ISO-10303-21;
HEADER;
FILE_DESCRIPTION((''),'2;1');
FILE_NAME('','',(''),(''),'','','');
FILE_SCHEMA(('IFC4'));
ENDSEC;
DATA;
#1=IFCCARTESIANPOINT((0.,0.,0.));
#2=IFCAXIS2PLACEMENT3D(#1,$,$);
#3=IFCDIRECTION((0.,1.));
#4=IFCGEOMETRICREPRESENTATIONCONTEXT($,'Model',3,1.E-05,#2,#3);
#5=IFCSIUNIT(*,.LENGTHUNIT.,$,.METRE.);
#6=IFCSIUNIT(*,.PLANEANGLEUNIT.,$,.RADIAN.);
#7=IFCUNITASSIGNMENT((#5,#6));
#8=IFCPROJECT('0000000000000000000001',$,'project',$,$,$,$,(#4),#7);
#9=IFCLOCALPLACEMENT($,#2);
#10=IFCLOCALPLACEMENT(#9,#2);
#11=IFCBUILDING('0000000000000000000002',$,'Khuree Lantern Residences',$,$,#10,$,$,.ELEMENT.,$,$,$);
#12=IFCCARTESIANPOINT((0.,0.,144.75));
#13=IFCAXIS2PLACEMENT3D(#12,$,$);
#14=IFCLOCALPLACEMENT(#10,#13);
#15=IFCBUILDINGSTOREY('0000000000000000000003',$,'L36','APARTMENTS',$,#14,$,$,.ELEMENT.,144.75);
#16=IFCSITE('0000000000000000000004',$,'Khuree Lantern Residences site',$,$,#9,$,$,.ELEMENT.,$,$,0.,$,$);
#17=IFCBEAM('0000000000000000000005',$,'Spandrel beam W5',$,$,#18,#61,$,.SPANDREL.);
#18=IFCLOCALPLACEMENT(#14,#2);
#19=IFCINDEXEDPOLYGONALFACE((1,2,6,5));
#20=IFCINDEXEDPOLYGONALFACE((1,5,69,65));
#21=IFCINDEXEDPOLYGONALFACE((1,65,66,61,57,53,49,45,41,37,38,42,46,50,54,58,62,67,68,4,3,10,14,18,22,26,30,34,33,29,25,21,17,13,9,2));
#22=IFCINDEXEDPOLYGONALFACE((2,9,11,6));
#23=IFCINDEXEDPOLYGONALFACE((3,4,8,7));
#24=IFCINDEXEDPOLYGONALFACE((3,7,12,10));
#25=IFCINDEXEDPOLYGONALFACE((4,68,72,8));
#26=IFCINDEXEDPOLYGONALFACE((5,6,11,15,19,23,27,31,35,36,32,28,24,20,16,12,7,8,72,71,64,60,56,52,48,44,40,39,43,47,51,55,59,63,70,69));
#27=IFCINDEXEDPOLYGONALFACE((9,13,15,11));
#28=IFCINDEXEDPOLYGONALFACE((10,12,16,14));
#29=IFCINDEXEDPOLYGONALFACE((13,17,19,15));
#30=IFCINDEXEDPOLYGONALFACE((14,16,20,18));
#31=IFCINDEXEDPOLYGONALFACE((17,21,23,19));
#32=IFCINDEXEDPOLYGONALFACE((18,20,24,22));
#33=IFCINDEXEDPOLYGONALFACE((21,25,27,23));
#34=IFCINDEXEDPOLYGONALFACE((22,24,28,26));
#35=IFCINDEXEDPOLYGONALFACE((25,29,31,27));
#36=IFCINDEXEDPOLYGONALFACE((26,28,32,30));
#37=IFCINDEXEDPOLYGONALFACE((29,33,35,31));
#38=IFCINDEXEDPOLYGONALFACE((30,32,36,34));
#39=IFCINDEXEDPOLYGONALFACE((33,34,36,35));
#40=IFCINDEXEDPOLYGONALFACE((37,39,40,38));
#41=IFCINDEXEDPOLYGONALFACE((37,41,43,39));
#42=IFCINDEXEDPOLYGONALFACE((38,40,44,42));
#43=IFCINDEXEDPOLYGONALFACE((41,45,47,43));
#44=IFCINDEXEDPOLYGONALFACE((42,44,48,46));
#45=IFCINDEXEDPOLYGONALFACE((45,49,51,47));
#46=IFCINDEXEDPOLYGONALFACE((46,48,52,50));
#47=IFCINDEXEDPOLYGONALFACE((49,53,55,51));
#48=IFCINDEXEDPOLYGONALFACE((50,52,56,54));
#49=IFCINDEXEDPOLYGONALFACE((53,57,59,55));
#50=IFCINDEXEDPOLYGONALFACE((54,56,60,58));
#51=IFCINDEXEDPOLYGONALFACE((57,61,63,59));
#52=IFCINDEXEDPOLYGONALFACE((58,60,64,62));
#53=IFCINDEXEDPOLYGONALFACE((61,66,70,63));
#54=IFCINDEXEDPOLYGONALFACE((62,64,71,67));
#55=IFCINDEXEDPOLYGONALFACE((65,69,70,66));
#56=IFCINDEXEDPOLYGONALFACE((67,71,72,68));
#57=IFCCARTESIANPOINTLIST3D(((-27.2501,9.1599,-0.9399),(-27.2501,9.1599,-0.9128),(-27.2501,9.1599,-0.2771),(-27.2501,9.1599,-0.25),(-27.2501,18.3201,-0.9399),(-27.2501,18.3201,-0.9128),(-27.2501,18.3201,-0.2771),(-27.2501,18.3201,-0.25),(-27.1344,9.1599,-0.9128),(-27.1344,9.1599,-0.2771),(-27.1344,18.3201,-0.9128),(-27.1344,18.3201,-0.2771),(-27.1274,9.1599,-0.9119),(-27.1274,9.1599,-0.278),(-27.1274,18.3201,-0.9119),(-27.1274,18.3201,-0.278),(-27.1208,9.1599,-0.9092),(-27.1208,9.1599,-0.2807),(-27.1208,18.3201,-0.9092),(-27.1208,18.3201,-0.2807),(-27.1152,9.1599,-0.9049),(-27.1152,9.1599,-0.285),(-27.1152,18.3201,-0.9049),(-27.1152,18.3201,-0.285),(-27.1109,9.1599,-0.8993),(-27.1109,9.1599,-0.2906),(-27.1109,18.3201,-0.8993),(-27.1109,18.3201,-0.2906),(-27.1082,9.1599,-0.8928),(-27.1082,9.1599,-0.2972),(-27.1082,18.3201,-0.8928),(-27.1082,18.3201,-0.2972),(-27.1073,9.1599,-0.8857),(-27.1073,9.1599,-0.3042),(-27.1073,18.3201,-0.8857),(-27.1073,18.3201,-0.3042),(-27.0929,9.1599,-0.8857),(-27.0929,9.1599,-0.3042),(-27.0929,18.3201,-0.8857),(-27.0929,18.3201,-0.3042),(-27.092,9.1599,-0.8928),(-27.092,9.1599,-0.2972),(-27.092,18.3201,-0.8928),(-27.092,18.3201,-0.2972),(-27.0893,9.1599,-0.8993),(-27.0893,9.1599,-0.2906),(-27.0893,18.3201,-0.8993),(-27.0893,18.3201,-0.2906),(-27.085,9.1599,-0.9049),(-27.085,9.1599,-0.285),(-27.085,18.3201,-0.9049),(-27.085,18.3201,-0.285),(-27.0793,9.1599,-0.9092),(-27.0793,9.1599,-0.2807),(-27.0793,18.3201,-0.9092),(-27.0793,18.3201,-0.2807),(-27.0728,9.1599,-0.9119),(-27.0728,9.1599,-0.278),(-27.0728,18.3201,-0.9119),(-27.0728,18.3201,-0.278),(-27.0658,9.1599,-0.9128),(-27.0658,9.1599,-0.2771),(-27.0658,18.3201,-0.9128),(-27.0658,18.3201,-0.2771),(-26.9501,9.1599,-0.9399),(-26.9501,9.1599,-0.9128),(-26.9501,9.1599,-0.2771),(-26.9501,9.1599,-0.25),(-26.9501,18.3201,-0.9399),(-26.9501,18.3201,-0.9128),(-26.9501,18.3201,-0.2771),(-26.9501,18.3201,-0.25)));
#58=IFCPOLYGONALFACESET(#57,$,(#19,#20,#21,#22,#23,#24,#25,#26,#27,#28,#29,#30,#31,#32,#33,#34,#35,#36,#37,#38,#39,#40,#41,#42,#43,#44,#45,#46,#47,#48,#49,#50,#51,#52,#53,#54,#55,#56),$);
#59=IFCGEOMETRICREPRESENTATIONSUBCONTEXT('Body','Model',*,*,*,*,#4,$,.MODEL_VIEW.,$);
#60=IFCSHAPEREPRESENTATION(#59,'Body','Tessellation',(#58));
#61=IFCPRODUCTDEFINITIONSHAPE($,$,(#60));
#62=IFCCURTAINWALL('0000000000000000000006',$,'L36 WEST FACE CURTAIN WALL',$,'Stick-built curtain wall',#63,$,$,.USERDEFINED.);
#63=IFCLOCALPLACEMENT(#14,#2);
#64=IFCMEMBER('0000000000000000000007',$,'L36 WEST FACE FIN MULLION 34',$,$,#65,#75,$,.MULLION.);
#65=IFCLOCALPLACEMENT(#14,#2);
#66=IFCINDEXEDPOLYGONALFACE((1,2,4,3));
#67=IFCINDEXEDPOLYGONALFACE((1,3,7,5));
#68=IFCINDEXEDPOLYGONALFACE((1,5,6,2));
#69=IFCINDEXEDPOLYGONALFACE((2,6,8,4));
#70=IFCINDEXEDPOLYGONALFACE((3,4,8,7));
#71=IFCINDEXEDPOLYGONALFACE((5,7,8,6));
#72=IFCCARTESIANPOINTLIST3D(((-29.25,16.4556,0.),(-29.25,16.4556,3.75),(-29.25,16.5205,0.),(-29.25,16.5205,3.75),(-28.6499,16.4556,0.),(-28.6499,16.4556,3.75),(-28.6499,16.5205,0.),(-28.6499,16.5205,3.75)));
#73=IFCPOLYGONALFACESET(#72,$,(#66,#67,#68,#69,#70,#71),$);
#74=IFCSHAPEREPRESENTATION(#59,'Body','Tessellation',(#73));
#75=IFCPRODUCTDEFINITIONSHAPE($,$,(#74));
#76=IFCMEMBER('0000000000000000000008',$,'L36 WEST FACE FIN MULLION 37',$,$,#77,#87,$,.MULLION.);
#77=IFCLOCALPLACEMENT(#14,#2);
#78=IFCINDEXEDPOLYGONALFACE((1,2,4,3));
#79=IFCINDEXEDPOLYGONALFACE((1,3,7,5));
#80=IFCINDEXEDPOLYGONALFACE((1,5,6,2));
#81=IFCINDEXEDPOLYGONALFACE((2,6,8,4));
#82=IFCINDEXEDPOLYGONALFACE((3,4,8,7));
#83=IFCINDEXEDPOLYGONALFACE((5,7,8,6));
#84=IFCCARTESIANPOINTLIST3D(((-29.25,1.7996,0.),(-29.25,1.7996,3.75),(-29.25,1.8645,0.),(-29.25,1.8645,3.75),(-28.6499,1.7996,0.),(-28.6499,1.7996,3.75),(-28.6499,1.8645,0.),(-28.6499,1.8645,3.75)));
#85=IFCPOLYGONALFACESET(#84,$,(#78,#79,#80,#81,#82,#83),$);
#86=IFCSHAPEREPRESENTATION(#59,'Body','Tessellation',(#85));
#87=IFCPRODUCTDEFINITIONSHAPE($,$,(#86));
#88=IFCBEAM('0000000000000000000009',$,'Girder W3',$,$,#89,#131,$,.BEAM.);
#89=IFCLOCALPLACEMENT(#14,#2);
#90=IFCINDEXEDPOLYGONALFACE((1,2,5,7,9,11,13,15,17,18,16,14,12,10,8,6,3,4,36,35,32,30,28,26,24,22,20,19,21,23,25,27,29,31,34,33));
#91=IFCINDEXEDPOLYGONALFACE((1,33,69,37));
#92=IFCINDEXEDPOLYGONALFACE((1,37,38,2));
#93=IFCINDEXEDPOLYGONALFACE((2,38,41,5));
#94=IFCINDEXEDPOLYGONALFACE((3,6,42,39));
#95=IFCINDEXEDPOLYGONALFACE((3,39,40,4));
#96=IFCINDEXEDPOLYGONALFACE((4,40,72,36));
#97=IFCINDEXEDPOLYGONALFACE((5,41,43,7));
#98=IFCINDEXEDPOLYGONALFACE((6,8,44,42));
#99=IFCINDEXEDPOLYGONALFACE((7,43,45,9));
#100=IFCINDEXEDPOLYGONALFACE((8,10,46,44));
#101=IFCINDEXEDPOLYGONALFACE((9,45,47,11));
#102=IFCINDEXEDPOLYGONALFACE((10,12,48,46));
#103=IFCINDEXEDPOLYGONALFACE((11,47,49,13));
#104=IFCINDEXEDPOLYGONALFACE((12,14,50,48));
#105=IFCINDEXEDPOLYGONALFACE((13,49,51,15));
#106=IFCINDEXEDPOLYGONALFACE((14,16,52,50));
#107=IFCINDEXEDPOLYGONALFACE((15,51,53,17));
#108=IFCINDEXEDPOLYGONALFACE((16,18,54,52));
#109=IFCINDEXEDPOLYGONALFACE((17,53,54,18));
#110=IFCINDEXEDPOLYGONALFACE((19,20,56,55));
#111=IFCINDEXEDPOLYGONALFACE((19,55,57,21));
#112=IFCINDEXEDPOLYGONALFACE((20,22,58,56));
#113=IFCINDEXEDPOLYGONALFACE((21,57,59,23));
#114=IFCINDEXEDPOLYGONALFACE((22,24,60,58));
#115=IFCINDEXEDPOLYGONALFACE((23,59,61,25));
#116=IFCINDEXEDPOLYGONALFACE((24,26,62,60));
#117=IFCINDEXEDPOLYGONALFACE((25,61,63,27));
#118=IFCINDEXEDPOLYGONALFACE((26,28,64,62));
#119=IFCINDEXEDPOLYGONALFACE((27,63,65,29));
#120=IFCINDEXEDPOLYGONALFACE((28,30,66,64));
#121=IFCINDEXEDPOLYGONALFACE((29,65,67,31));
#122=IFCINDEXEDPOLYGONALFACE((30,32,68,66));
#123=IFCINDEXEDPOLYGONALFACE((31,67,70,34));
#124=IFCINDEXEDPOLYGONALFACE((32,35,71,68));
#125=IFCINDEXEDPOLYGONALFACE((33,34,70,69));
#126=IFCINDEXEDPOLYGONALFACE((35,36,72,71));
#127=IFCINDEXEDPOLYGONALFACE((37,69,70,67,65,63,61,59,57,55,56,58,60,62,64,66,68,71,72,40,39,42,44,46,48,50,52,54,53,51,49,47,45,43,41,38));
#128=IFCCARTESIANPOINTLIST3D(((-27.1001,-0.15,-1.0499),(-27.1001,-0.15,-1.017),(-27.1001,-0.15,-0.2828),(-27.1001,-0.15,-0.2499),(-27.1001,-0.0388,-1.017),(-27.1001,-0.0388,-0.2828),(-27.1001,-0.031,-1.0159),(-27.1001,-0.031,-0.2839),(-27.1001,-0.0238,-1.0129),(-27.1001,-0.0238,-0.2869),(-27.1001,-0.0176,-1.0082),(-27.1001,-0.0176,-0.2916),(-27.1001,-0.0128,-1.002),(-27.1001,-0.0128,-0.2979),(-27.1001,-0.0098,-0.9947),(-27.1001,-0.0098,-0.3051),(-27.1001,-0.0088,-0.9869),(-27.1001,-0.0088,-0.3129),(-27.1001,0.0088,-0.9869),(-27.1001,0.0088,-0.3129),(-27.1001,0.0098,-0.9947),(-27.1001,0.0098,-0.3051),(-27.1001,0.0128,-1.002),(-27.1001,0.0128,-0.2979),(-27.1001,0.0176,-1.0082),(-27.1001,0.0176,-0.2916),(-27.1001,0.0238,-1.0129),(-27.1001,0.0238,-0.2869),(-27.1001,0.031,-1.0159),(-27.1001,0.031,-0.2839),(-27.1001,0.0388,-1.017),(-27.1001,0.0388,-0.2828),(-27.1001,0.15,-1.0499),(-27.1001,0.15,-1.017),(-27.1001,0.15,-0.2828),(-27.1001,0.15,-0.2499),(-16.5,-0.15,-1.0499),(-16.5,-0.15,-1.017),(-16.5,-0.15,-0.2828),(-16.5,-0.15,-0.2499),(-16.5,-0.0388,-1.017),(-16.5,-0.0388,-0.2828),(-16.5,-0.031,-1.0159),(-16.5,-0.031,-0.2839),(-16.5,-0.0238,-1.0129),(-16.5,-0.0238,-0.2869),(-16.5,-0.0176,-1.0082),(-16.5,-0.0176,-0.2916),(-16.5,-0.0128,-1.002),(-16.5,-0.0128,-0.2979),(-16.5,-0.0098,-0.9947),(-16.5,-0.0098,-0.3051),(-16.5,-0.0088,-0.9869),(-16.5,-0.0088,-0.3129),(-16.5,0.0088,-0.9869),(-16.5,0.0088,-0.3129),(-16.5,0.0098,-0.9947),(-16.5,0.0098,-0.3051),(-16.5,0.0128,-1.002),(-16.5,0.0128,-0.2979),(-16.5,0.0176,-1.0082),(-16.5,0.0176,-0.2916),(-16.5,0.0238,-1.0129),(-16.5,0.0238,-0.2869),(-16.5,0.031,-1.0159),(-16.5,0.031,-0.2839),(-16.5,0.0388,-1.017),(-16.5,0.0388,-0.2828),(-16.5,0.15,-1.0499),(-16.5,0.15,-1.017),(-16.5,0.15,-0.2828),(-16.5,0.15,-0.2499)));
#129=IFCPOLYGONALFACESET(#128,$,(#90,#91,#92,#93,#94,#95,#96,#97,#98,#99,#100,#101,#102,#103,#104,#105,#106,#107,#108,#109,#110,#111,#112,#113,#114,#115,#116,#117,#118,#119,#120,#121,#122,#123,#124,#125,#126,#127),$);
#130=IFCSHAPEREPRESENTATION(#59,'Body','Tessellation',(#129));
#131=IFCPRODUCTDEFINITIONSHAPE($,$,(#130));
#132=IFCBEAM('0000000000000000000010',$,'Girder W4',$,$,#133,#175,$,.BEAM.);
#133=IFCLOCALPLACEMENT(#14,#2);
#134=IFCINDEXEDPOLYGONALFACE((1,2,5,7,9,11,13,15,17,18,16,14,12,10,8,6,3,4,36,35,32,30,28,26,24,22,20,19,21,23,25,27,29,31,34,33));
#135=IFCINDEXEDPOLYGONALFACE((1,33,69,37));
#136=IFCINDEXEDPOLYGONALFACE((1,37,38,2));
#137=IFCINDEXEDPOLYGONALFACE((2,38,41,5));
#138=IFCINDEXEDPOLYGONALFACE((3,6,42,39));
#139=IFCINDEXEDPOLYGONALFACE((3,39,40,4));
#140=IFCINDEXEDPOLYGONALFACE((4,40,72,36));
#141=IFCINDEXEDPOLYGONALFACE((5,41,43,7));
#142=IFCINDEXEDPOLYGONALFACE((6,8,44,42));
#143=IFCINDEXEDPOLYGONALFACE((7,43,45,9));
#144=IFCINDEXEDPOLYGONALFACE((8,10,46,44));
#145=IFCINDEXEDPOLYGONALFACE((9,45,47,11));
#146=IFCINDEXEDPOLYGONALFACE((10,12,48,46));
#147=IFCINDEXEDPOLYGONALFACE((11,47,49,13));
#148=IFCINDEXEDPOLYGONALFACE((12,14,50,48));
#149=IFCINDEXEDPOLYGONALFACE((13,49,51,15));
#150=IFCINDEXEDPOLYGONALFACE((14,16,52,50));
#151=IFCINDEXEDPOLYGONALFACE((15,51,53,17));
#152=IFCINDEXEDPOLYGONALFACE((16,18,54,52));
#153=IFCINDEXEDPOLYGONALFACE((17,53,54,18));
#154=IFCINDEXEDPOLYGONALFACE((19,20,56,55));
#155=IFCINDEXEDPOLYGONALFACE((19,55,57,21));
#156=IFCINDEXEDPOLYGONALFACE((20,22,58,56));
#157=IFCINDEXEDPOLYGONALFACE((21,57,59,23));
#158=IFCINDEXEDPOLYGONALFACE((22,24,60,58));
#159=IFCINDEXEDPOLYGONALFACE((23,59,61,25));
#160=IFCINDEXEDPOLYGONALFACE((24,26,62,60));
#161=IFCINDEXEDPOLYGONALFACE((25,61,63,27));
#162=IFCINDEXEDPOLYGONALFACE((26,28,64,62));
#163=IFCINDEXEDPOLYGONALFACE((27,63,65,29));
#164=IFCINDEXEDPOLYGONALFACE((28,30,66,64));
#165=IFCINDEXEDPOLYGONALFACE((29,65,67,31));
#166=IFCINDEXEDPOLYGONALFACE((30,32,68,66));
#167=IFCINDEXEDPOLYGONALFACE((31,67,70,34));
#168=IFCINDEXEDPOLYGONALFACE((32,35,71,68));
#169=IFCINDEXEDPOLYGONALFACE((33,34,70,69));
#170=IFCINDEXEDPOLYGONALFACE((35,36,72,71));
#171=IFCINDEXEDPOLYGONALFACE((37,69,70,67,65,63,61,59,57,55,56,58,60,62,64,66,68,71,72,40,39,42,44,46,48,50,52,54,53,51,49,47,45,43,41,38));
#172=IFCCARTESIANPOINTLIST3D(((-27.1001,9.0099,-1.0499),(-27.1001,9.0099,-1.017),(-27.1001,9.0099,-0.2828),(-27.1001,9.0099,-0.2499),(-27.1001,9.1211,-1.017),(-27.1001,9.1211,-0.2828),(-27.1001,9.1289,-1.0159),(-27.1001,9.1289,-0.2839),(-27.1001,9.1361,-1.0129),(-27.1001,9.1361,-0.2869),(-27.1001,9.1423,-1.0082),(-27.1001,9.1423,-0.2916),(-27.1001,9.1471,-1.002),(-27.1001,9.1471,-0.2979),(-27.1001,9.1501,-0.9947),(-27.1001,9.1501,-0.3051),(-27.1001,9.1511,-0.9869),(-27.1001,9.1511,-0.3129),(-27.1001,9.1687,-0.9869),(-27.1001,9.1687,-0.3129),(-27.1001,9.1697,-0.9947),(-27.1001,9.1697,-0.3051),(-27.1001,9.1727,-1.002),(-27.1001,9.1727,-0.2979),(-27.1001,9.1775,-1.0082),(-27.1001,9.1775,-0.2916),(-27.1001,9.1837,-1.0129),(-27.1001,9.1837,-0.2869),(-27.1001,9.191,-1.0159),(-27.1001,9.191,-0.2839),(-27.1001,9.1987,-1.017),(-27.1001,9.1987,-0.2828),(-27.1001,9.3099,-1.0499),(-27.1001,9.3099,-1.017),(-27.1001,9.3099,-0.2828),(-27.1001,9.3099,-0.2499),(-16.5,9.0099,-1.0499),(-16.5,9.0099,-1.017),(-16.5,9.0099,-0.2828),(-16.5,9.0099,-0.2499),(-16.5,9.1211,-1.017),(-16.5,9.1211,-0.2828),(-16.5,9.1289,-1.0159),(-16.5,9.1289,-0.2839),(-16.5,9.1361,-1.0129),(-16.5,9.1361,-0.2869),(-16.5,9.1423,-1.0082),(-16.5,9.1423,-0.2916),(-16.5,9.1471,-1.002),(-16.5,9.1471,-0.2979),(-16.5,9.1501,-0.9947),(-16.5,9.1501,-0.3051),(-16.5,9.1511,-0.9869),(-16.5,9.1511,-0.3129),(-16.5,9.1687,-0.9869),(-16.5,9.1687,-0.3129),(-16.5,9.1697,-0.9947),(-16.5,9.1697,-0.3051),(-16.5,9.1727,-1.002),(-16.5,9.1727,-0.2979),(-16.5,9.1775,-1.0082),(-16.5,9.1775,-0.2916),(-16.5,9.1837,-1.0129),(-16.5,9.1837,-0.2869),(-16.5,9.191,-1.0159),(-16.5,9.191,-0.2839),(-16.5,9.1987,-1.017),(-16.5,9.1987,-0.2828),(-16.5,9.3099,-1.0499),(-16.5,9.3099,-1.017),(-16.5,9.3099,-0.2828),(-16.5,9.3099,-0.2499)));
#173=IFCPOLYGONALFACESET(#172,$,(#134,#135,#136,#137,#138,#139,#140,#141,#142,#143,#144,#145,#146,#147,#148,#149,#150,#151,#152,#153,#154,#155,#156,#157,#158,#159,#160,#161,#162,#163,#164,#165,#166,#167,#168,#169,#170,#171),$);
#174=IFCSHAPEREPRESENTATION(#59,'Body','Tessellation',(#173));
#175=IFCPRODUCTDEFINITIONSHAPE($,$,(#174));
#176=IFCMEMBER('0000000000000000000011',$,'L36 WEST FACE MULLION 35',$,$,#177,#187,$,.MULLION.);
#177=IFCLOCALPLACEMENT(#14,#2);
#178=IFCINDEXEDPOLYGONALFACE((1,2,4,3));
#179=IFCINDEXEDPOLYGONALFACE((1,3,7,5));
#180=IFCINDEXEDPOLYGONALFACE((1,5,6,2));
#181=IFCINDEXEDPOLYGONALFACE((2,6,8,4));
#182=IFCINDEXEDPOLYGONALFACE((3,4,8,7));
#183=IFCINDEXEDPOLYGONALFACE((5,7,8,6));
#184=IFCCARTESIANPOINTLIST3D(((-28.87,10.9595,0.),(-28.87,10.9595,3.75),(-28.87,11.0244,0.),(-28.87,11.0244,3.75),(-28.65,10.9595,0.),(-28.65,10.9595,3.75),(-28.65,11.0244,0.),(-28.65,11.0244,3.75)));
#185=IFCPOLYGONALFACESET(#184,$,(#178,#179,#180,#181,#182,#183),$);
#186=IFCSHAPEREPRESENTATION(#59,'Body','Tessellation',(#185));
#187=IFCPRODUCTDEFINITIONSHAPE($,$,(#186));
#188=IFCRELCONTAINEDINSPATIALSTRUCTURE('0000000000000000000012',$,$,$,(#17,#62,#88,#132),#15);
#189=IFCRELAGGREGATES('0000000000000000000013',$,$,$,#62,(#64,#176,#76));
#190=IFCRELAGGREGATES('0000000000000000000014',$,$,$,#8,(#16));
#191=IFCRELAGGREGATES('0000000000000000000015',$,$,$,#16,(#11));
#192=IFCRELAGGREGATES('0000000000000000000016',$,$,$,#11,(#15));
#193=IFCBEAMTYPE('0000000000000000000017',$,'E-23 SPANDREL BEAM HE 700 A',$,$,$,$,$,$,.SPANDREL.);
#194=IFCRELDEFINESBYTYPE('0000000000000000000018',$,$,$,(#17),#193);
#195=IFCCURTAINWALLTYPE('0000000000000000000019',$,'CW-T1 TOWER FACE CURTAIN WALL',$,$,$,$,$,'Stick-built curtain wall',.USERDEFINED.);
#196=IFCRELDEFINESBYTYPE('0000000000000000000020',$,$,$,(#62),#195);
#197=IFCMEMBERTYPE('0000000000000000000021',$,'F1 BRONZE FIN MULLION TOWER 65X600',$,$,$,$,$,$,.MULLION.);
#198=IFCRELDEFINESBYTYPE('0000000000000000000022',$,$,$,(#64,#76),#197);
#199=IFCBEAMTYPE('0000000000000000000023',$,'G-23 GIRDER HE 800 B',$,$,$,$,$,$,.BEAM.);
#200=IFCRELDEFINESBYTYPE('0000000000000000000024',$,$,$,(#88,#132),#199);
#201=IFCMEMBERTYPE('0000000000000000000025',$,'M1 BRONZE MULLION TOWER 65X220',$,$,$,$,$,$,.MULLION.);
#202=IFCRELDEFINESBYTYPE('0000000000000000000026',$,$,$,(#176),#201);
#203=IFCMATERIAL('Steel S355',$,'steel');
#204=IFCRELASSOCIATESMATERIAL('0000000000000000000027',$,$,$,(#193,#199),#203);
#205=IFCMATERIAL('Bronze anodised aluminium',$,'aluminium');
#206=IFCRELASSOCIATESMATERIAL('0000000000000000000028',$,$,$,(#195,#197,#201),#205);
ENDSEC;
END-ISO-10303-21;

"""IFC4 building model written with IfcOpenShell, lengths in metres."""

from ifc_helpers import new_model, si_unit, direction, frame, origin, origin_2d, place, context, subcontext, project, spatial, rectangle, i_section, extrude, material, material_profile, profile_set, type_object, element, aggregate, save


model = new_model("IFC4")

# Units and contexts
model_context = context("Model", 3, precision=1e-05, world=origin(), true_north=direction((0.0, 1.0)))
body_context = subcontext(model_context, "Body", "Model", "MODEL_VIEW")
ifc_project = project(units=[si_unit("LENGTHUNIT", "METRE"), si_unit("PLANEANGLEUNIT", "RADIAN")], contexts=[model_context])

# Site, building, storey
site_placement = place(None, origin())
site = spatial("IfcSite", under=ifc_project, at=site_placement, Name="Khuree Lantern Residences site", CompositionType="ELEMENT", RefElevation=0.0)
building_placement = place(site_placement, origin())
building = spatial("IfcBuilding", under=site, at=building_placement, Name="Khuree Lantern Residences", CompositionType="ELEMENT")
storey_placement = place(building_placement, frame((0.0, 0.0, 144.75)))
storey = spatial("IfcBuildingStorey", under=building, at=storey_placement, Name="L36", Description="APARTMENTS", CompositionType="ELEMENT", Elevation=144.75)

# Beam
ifc_material_1 = material(Name="Steel S355", Category="steel")
ifc_material_profile_1 = material_profile(ifc_material_1, i_section(OverallWidth=0.3, OverallDepth=0.6899, WebThickness=0.0144, FlangeThickness=0.0271, FilletRadius=0.0271, at=origin_2d()), Name="HE 700 A")
ifc_profile_set_1 = profile_set([ifc_material_profile_1], Name="Steel S355")
beam_type_1 = type_object("IfcBeamType", Name="E-23 SPANDREL BEAM HE 700 A", PredefinedType="SPANDREL", material=ifc_profile_set_1)
beam_1_placement = place(storey_placement, frame((-27.1001, 9.1599, -0.595), z_axis=(0.0, 1.0, 0.0), x_axis=(-1.0, 0.0, 0.0)))
element("IfcBeam", 1, at=beam_1_placement, inside=storey, type_object=beam_type_1, Name="Spandrel beam W5", PredefinedType="SPANDREL", context=body_context, shape_type="SweptSolid", body=[
    extrude(i_section(OverallWidth=0.3, OverallDepth=0.6899, WebThickness=0.0144, FlangeThickness=0.0271, FilletRadius=0.0271, at=origin_2d()), origin(), (0.0, 0.0, 1.0), 9.1602),
])

# Curtain wall, members
ifc_material_2 = material(Name="Bronze anodised aluminium", Category="aluminium")
curtain_wall_type = type_object("IfcCurtainWallType", Name="CW-T1 TOWER FACE CURTAIN WALL", ElementType="Stick-built curtain wall", PredefinedType="USERDEFINED", material=ifc_material_2)
curtain_wall_placement = place(storey_placement, origin())
curtain_wall = element("IfcCurtainWall", 2, at=curtain_wall_placement, inside=storey, type_object=curtain_wall_type, Name="L36 WEST FACE CURTAIN WALL", ObjectType="Stick-built curtain wall", PredefinedType="USERDEFINED")
ifc_material_profile_2 = material_profile(ifc_material_2, rectangle(XDim=0.0649, YDim=0.6001, at=origin_2d()), Name="F1 65X600")
ifc_profile_set_2 = profile_set([ifc_material_profile_2], Name="Bronze anodised aluminium")
member_type_1 = type_object("IfcMemberType", Name="F1 BRONZE FIN MULLION TOWER 65X600", PredefinedType="MULLION", material=ifc_profile_set_2)
member_1_placement = place(storey_placement, frame((-28.95, 16.488, 0.0), z_axis=(0.0, 0.0, 1.0), x_axis=(0.0, -1.0, 0.0)))
member_1 = element("IfcMember", 3, at=member_1_placement, type_object=member_type_1, Name="L36 WEST FACE FIN MULLION 34", PredefinedType="MULLION", context=body_context, shape_type="SweptSolid", body=[
    extrude(rectangle(XDim=0.0649, YDim=0.6001, at=origin_2d()), origin(), (0.0, 0.0, 1.0), 3.75),
])
member_2_placement = place(storey_placement, frame((-28.95, 1.832, 0.0), z_axis=(0.0, 0.0, 1.0), x_axis=(0.0, -1.0, 0.0)))
member_2 = element("IfcMember", 4, at=member_2_placement, type_object=member_type_1, Name="L36 WEST FACE FIN MULLION 37", PredefinedType="MULLION", context=body_context, shape_type="SweptSolid", body=[
    extrude(rectangle(XDim=0.0649, YDim=0.6001, at=origin_2d()), origin(), (0.0, 0.0, 1.0), 3.75),
])

# Beams
ifc_material_profile_3 = material_profile(ifc_material_1, i_section(OverallWidth=0.3, OverallDepth=0.8, WebThickness=0.0176, FlangeThickness=0.033, FilletRadius=0.03, at=origin_2d()), Name="HE 800 B")
ifc_profile_set_3 = profile_set([ifc_material_profile_3], Name="Steel S355")
beam_type_2 = type_object("IfcBeamType", Name="G-23 GIRDER HE 800 B", PredefinedType="BEAM", material=ifc_profile_set_3)
for number, where, z_axis, x_axis, name in (
    (5, (-27.1001, 0.0, -0.6499), (1.0, 0.0, 0.0), (0.0, 1.0, 0.0), "Girder W3"),
    (6, (-27.1001, 9.1599, -0.6499), (1.0, 0.0, 0.0), (0.0, 1.0, 0.0), "Girder W4"),
):
    element("IfcBeam", number, at=place(storey_placement, frame(where, z_axis=z_axis, x_axis=x_axis)), inside=storey, type_object=beam_type_2, Name=name, PredefinedType="BEAM", context=body_context, shape_type="SweptSolid", body=[
        extrude(i_section(OverallWidth=0.3, OverallDepth=0.8, WebThickness=0.0176, FlangeThickness=0.033, FilletRadius=0.03, at=origin_2d()), origin(), (0.0, 0.0, 1.0), 10.6001),
    ])

# Member
ifc_material_profile_4 = material_profile(ifc_material_2, rectangle(XDim=0.0649, YDim=0.22, at=origin_2d()), Name="M1 65X220")
ifc_profile_set_4 = profile_set([ifc_material_profile_4], Name="Bronze anodised aluminium")
member_type_2 = type_object("IfcMemberType", Name="M1 BRONZE MULLION TOWER 65X220", PredefinedType="MULLION", material=ifc_profile_set_4)
member_3_placement = place(storey_placement, frame((-28.76, 10.9919, 0.0), z_axis=(0.0, 0.0, 1.0), x_axis=(0.0, -1.0, 0.0)))
member_3 = element("IfcMember", 7, at=member_3_placement, type_object=member_type_2, Name="L36 WEST FACE MULLION 35", PredefinedType="MULLION", context=body_context, shape_type="SweptSolid", body=[
    extrude(rectangle(XDim=0.0649, YDim=0.22, at=origin_2d()), origin(), (0.0, 0.0, 1.0), 3.75),
])

aggregate(curtain_wall, [member_1, member_3, member_2])

save(model, "model.ifc")
